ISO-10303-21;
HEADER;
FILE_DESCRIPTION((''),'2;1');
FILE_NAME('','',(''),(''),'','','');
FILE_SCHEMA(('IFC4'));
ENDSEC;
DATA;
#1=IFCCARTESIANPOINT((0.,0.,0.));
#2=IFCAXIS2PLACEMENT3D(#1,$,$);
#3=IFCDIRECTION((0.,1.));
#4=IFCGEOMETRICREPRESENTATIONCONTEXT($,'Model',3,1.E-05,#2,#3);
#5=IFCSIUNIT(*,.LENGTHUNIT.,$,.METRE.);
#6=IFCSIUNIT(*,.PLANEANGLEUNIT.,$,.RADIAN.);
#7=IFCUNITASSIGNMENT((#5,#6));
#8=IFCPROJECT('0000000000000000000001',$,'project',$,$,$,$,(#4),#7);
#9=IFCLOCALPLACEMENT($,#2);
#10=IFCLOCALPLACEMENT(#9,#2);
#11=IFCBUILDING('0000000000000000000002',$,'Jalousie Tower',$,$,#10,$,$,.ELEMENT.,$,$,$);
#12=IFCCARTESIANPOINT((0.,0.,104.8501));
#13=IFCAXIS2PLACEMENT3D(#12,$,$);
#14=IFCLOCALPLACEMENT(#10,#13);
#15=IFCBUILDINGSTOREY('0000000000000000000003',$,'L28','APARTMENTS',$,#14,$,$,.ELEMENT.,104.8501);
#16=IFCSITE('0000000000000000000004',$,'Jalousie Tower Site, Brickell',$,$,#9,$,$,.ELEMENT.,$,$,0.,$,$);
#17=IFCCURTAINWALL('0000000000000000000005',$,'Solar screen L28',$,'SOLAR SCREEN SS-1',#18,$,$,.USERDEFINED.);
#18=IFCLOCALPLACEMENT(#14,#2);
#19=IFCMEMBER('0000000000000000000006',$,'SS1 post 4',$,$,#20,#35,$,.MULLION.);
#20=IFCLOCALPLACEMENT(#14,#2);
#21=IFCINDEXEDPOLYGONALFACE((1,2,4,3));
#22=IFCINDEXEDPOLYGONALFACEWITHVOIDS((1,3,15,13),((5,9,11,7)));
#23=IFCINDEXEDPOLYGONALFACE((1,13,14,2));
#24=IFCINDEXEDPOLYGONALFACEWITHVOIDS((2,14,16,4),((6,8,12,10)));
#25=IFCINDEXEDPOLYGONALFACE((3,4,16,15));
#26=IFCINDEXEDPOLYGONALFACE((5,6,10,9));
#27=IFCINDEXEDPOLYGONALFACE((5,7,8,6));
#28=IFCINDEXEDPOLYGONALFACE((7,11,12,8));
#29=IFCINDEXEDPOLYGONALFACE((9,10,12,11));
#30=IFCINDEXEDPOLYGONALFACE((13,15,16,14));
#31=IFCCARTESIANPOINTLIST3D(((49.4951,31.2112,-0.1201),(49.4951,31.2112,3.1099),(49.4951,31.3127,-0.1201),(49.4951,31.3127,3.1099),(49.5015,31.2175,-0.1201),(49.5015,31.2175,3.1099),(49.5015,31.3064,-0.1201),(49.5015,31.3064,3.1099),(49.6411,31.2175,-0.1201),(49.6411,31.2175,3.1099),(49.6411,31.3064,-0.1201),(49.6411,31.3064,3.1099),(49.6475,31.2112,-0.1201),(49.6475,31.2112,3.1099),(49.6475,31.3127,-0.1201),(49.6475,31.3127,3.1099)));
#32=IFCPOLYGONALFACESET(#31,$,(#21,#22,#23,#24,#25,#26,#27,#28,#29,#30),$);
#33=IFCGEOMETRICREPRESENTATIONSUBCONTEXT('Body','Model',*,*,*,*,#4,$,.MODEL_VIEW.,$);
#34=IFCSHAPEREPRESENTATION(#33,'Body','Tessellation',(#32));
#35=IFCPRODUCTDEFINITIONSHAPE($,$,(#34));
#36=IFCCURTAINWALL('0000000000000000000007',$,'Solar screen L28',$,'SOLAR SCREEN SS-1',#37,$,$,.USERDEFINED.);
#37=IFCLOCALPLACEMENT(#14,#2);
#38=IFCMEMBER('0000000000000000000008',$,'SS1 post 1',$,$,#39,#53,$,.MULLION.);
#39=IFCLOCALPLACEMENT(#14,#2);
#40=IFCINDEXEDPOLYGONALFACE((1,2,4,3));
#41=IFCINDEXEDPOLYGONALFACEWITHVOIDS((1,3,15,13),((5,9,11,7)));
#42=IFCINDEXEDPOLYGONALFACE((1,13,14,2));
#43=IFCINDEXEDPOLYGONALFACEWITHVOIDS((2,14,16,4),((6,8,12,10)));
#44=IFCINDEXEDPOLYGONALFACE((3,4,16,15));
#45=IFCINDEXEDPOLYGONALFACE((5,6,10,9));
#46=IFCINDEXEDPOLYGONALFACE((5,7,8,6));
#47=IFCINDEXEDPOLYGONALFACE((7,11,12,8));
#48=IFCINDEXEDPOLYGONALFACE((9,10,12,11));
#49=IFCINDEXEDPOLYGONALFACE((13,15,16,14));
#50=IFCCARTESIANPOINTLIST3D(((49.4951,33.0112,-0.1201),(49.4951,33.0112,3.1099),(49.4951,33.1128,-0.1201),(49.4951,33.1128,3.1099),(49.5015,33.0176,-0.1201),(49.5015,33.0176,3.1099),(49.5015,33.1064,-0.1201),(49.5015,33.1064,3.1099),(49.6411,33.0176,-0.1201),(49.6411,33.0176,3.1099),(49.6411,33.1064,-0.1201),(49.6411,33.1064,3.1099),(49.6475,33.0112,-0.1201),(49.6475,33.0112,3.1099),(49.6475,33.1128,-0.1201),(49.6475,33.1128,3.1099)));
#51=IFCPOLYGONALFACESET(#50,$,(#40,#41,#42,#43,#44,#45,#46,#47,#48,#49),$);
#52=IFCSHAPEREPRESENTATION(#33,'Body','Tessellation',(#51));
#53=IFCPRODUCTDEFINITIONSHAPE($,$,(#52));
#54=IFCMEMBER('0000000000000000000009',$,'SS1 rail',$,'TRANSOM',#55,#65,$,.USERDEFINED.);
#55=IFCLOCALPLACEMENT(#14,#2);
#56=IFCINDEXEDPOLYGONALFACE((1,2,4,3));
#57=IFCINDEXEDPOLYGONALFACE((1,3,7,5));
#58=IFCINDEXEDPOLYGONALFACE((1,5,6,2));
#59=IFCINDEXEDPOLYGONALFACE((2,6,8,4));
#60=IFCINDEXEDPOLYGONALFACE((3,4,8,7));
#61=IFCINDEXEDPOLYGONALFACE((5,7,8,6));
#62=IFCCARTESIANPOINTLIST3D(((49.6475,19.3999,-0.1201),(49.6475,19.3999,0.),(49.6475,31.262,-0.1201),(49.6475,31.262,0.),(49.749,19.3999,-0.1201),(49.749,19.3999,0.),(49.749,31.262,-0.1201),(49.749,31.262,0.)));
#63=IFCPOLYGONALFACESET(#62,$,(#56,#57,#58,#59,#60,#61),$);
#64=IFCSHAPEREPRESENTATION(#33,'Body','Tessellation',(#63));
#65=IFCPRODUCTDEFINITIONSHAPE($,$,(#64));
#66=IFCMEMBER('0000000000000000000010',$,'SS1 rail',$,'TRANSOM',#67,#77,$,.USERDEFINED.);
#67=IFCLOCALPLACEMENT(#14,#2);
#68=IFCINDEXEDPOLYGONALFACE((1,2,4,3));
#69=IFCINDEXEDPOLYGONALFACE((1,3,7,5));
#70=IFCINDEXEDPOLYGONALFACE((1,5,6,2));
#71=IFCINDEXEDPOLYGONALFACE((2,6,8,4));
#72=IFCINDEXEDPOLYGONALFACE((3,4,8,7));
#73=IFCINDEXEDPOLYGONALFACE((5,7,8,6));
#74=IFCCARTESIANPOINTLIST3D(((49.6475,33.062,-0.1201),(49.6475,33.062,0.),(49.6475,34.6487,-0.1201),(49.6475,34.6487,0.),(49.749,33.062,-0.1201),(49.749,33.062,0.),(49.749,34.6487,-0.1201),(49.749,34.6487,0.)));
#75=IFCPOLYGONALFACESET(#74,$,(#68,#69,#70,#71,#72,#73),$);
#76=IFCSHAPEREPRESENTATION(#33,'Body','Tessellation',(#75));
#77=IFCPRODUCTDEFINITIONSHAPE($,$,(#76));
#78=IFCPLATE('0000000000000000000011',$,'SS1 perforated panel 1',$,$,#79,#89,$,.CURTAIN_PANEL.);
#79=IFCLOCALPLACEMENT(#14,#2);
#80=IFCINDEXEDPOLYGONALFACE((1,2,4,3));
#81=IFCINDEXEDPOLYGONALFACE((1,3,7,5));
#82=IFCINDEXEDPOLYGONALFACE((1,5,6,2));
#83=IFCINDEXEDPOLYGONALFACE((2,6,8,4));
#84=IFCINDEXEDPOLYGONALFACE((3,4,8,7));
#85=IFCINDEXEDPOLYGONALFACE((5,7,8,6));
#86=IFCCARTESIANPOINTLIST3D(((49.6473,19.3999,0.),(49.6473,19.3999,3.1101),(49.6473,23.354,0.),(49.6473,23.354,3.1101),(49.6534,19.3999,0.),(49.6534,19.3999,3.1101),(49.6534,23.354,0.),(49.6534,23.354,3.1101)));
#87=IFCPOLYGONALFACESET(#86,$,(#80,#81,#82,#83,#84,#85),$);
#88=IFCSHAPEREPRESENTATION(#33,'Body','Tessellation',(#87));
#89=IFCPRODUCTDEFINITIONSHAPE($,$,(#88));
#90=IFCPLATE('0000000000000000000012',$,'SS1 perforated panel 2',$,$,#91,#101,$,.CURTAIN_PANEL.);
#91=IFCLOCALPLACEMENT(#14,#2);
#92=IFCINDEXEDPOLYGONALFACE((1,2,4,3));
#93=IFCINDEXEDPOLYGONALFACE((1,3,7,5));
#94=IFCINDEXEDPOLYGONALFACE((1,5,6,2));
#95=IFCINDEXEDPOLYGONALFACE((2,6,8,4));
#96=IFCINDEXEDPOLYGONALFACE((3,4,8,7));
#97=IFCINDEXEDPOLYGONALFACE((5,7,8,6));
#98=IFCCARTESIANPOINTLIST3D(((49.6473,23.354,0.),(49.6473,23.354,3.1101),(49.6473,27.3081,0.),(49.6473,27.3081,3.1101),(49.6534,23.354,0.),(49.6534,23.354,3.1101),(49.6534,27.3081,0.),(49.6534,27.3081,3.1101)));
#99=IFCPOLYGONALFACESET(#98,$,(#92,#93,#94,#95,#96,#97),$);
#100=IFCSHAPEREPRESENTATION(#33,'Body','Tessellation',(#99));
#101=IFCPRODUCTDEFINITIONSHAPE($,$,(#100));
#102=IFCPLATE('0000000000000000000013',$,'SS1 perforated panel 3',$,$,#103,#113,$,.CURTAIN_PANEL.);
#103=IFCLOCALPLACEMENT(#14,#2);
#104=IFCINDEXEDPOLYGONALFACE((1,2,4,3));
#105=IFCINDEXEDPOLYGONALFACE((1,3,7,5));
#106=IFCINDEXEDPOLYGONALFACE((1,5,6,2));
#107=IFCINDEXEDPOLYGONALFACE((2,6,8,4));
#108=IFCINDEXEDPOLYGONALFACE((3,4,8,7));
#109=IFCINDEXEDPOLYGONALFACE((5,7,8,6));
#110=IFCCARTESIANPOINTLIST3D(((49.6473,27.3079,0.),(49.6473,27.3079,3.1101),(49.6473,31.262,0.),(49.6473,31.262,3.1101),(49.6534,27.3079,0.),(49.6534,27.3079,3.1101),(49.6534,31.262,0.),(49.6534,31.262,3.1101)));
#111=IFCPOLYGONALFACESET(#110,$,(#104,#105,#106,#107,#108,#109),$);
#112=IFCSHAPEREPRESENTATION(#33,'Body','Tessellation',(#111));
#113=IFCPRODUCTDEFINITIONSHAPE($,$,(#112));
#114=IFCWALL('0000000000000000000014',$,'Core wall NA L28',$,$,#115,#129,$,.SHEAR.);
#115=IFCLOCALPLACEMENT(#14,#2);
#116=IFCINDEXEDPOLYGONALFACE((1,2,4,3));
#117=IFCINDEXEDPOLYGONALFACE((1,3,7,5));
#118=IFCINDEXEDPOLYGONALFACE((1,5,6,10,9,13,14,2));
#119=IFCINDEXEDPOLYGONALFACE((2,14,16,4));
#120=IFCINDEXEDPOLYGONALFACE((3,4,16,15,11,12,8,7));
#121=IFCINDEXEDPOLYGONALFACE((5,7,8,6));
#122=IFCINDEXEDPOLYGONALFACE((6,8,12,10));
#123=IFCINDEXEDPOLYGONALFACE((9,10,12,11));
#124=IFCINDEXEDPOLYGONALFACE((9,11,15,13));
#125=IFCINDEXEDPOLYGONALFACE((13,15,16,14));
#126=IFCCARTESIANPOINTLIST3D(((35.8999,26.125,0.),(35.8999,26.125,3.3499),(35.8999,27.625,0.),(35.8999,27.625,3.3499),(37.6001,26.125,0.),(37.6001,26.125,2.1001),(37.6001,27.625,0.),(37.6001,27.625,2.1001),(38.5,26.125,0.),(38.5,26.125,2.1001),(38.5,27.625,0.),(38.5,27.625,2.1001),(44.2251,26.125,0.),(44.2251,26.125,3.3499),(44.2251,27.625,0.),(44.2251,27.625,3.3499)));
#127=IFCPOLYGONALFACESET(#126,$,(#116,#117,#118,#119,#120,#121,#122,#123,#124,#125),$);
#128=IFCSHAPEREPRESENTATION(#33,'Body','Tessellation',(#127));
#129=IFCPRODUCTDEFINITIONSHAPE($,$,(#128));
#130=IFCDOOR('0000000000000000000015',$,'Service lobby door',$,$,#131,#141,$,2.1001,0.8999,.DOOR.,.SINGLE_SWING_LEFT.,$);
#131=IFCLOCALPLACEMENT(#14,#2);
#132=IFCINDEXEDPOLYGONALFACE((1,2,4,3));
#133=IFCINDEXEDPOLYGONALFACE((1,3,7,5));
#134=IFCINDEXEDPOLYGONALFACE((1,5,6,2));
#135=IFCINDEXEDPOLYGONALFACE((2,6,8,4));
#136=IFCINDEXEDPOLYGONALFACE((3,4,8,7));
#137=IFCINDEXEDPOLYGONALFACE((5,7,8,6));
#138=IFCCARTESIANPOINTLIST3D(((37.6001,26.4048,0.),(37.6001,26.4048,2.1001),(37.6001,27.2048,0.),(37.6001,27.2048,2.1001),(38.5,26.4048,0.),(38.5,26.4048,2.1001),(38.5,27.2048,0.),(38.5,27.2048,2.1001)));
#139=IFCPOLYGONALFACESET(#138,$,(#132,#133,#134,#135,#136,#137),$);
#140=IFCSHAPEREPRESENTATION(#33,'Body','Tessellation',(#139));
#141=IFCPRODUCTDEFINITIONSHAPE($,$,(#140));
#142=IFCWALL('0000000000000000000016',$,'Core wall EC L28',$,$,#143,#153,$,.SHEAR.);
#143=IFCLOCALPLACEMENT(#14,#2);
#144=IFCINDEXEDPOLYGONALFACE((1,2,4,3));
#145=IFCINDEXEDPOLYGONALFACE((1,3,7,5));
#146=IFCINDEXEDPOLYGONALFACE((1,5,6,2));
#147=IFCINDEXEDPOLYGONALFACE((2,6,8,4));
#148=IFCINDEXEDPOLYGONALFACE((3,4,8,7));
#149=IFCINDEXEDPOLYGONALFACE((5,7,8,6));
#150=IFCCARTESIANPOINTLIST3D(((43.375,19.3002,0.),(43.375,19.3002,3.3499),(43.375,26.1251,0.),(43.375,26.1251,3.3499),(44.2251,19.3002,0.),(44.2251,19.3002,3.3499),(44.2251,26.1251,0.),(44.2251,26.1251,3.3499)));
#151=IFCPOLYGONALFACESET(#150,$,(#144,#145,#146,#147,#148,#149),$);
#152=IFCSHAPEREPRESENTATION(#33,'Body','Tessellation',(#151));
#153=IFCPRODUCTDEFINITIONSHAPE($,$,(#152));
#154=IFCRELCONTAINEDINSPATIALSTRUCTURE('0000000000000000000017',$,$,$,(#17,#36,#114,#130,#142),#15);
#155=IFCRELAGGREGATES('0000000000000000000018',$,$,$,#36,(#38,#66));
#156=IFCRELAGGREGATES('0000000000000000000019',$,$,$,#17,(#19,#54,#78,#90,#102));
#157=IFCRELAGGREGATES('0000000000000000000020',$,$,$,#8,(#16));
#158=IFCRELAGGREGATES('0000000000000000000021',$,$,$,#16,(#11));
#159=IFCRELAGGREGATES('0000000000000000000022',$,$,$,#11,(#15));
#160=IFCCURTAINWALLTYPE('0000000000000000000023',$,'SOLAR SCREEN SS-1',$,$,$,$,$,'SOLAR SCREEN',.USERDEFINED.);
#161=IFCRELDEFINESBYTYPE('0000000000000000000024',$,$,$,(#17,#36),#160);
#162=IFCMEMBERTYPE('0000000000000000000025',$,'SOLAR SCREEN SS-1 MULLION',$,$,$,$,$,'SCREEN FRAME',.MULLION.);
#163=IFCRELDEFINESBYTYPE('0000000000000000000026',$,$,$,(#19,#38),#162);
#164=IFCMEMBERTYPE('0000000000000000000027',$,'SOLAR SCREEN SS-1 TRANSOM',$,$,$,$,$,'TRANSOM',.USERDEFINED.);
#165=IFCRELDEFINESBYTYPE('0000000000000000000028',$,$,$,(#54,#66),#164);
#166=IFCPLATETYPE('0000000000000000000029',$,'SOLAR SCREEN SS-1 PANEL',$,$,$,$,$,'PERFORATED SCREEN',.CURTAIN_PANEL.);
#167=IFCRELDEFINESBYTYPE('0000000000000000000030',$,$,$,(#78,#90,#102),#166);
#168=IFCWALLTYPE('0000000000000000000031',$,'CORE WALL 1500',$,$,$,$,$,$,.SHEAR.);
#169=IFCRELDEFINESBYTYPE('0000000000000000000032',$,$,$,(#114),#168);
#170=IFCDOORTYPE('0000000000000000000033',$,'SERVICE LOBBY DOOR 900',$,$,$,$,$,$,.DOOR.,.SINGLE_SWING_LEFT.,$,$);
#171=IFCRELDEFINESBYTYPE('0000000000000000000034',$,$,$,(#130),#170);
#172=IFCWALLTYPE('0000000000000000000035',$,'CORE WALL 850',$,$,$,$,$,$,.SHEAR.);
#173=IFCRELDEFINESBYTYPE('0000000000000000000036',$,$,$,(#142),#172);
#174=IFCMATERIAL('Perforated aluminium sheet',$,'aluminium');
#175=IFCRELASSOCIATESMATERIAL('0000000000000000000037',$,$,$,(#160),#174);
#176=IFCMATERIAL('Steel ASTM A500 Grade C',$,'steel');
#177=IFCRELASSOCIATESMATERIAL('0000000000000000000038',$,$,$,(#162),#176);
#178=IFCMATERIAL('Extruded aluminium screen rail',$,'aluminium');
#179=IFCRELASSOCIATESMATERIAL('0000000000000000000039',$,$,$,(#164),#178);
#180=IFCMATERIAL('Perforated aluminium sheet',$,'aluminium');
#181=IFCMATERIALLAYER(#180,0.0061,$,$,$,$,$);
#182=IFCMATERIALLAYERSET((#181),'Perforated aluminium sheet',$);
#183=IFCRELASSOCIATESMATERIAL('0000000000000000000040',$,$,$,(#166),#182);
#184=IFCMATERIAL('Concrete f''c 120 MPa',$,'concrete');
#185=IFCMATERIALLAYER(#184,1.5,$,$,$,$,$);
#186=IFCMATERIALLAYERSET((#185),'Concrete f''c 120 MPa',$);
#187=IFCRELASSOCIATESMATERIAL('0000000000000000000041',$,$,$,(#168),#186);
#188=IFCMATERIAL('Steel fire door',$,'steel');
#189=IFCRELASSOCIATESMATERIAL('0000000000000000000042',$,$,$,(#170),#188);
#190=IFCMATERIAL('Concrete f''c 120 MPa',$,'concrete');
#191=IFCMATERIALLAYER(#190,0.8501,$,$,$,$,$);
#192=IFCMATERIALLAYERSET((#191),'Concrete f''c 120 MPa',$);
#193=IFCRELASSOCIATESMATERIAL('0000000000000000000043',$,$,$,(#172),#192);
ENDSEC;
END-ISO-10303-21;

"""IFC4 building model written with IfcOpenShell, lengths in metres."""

from ifc_helpers import new_model, si_unit, direction, frame, frame_2d, origin, origin_2d, place, context, subcontext, project, spatial, rectangle, hollow_rectangle, extrude, material, layer, layer_set, material_profile, profile_set, type_object, element, fill, aggregate, save


model = new_model("IFC4")

# Units and contexts
model_context = context("Model", 3, precision=1e-05, world=origin(), true_north=direction((0.0, 1.0)))
body_context = subcontext(model_context, "Body", "Model", "MODEL_VIEW")
ifc_project = project(units=[si_unit("LENGTHUNIT", "METRE"), si_unit("PLANEANGLEUNIT", "RADIAN")], contexts=[model_context])

# Site, building, storey
site_placement = place(None, origin())
site = spatial("IfcSite", under=ifc_project, at=site_placement, Name="Jalousie Tower Site, Brickell", CompositionType="ELEMENT", RefElevation=0.0)
building_placement = place(site_placement, origin())
building = spatial("IfcBuilding", under=site, at=building_placement, Name="Jalousie Tower", CompositionType="ELEMENT")
storey_placement = place(building_placement, frame((0.0, 0.0, 104.8501)))
storey = spatial("IfcBuildingStorey", under=building, at=storey_placement, Name="L28", Description="APARTMENTS", CompositionType="ELEMENT", Elevation=104.8501)

# Shared definitions
ifc_material_1 = material(Name="Perforated aluminium sheet", Category="aluminium")
curtain_wall_type = type_object("IfcCurtainWallType", Name="SOLAR SCREEN SS-1", ElementType="SOLAR SCREEN", PredefinedType="USERDEFINED", material=ifc_material_1)
ifc_material_2 = material(Name="Steel ASTM A500 Grade C", Category="steel")
ifc_material_profile_1 = material_profile(ifc_material_2, hollow_rectangle(XDim=0.1016, YDim=0.1523, WallThickness=0.0063, at=origin_2d()), Name="HSS6X4X1/4")
ifc_profile_set_1 = profile_set([ifc_material_profile_1], Name="Steel ASTM A500 Grade C")
member_type_1 = type_object("IfcMemberType", Name="SOLAR SCREEN SS-1 MULLION", ElementType="SCREEN FRAME", PredefinedType="MULLION", material=ifc_profile_set_1)

# Curtain wall, member
curtain_wall_1_placement = place(storey_placement, origin())
curtain_wall_1 = element("IfcCurtainWall", 1, at=curtain_wall_1_placement, inside=storey, type_object=curtain_wall_type, Name="Solar screen L28", ObjectType="SOLAR SCREEN SS-1", PredefinedType="USERDEFINED")
member_1_placement = place(storey_placement, frame((49.5713, 31.262, -0.1201), z_axis=(0.0, 0.0, 1.0), x_axis=(0.0, 1.0, 0.0)))
member_1 = element("IfcMember", 2, at=member_1_placement, type_object=member_type_1, Name="SS1 post 4", PredefinedType="MULLION", context=body_context, shape_type="SweptSolid", body=[
    extrude(hollow_rectangle(XDim=0.1016, YDim=0.1523, WallThickness=0.0063, at=origin_2d()), origin(), (0.0, 0.0, 1.0), 3.23),
])

# Curtain wall, member
curtain_wall_2_placement = place(storey_placement, origin())
curtain_wall_2 = element("IfcCurtainWall", 3, at=curtain_wall_2_placement, inside=storey, type_object=curtain_wall_type, Name="Solar screen L28", ObjectType="SOLAR SCREEN SS-1", PredefinedType="USERDEFINED")
member_2_placement = place(storey_placement, frame((49.5713, 33.062, -0.1201), z_axis=(0.0, 0.0, 1.0), x_axis=(0.0, 1.0, 0.0)))
member_2 = element("IfcMember", 4, at=member_2_placement, type_object=member_type_1, Name="SS1 post 1", PredefinedType="MULLION", context=body_context, shape_type="SweptSolid", body=[
    extrude(hollow_rectangle(XDim=0.1016, YDim=0.1523, WallThickness=0.0063, at=origin_2d()), origin(), (0.0, 0.0, 1.0), 3.23),
])

# Members
ifc_material_3 = material(Name="Extruded aluminium screen rail", Category="aluminium")
ifc_material_profile_2 = material_profile(ifc_material_3, rectangle(XDim=0.1016, YDim=0.1201, at=origin_2d()), Name="RAIL 102x120")
ifc_profile_set_2 = profile_set([ifc_material_profile_2], Name="Extruded aluminium screen rail")
member_type_2 = type_object("IfcMemberType", Name="SOLAR SCREEN SS-1 TRANSOM", ElementType="TRANSOM", PredefinedType="USERDEFINED", material=ifc_profile_set_2)
member_3_placement = place(storey_placement, frame((49.6982, 19.3999, -0.0601), z_axis=(0.0, 1.0, 0.0), x_axis=(-1.0, 0.0, 0.0)))
member_3 = element("IfcMember", 5, at=member_3_placement, type_object=member_type_2, Name="SS1 rail", ObjectType="TRANSOM", PredefinedType="USERDEFINED", context=body_context, shape_type="SweptSolid", body=[
    extrude(rectangle(XDim=0.1016, YDim=0.1201, at=origin_2d()), origin(), (0.0, 0.0, 1.0), 11.8621),
])
member_4_placement = place(storey_placement, frame((49.6982, 33.062, -0.0601), z_axis=(0.0, 1.0, 0.0), x_axis=(-1.0, 0.0, 0.0)))
member_4 = element("IfcMember", 6, at=member_4_placement, type_object=member_type_2, Name="SS1 rail", ObjectType="TRANSOM", PredefinedType="USERDEFINED", context=body_context, shape_type="SweptSolid", body=[
    extrude(rectangle(XDim=0.1016, YDim=0.1201, at=origin_2d()), origin(), (0.0, 0.0, 1.0), 1.5867),
])
aggregate(curtain_wall_2, [member_2, member_4])

# Plates
ifc_material_4 = material(Name="Perforated aluminium sheet", Category="aluminium")
ifc_layer_1 = layer(ifc_material_4, 0.0061)
ifc_layer_set_1 = layer_set([ifc_layer_1], Name="Perforated aluminium sheet")
plate_type = type_object("IfcPlateType", Name="SOLAR SCREEN SS-1 PANEL", ElementType="PERFORATED SCREEN", PredefinedType="CURTAIN_PANEL", material=ifc_layer_set_1)
plate_1_placement = place(storey_placement, frame((49.6504, 21.377, 0.0), z_axis=(0.0, 0.0, 1.0), x_axis=(0.0, 1.0, 0.0)))
plate_1 = element("IfcPlate", 7, at=plate_1_placement, type_object=plate_type, Name="SS1 perforated panel 1", PredefinedType="CURTAIN_PANEL", context=body_context, shape_type="SweptSolid", body=[
    extrude(rectangle(XDim=3.9541, YDim=0.0061, at=origin_2d()), origin(), (0.0, 0.0, 1.0), 3.1101),
])
plate_2_placement = place(storey_placement, frame((49.6504, 25.3311, 0.0), z_axis=(0.0, 0.0, 1.0), x_axis=(0.0, 1.0, 0.0)))
plate_2 = element("IfcPlate", 8, at=plate_2_placement, type_object=plate_type, Name="SS1 perforated panel 2", PredefinedType="CURTAIN_PANEL", context=body_context, shape_type="SweptSolid", body=[
    extrude(rectangle(XDim=3.9541, YDim=0.0061, at=origin_2d()), origin(), (0.0, 0.0, 1.0), 3.1101),
])
plate_3_placement = place(storey_placement, frame((49.6504, 29.2849, 0.0), z_axis=(0.0, 0.0, 1.0), x_axis=(0.0, 1.0, 0.0)))
plate_3 = element("IfcPlate", 9, at=plate_3_placement, type_object=plate_type, Name="SS1 perforated panel 3", PredefinedType="CURTAIN_PANEL", context=body_context, shape_type="SweptSolid", body=[
    extrude(rectangle(XDim=3.9541, YDim=0.0061, at=origin_2d()), origin(), (0.0, 0.0, 1.0), 3.1101),
])
aggregate(curtain_wall_1, [member_1, member_3, plate_1, plate_2, plate_3])

# Wall, opening, door
ifc_material_5 = material(Name="Concrete f'c 120 MPa", Category="concrete")
ifc_layer_2 = layer(ifc_material_5, 1.5)
ifc_layer_set_2 = layer_set([ifc_layer_2], Name="Concrete f'c 120 MPa")
wall_type_1 = type_object("IfcWallType", Name="CORE WALL 1500", PredefinedType="SHEAR", material=ifc_layer_set_2)
wall_1_placement = place(storey_placement, frame((44.2251, 26.875, 0.0), z_axis=(0.0, 0.0, 1.0), x_axis=(-1.0, 0.0, 0.0)))
wall_1 = element("IfcWall", 10, at=wall_1_placement, inside=storey, type_object=wall_type_1, Name="Core wall NA L28", PredefinedType="SHEAR", context=body_context, shape_type="SweptSolid", body=[
    extrude(rectangle(XDim=8.3252, YDim=1.5, at=frame_2d((4.1626, 0.0))), origin(), (0.0, 0.0, 1.0), 3.3499),
])
opening_1_placement = place(wall_1_placement, frame((5.7251, 0.0, 0.0)))
opening_1 = element("IfcOpeningElement", 11, at=opening_1_placement, cuts=wall_1, PredefinedType="OPENING", context=body_context, shape_type="SweptSolid", body=[
    extrude(rectangle(XDim=0.8999, YDim=2.1001, at=frame_2d((0.45, 1.05))), frame((0.0, 0.76, 0.0), z_axis=(0.0, -1.0, 0.0), x_axis=(1.0, 0.0, 0.0)), (0.0, 0.0, 1.0), 1.52),
])
ifc_material_6 = material(Name="Steel fire door", Category="steel")
door_type_1 = type_object("IfcDoorType", Name="SERVICE LOBBY DOOR 900", OperationType="SINGLE_SWING_LEFT", PredefinedType="DOOR", material=ifc_material_6)
door_1_placement = place(opening_1_placement, origin())
door_1 = element("IfcDoor", 12, at=door_1_placement, inside=storey, type_object=door_type_1, Name="Service lobby door", OperationType="SINGLE_SWING_LEFT", OverallHeight=2.1001, OverallWidth=0.8999, PredefinedType="DOOR", context=body_context, shape_type="SweptSolid", body=[
    extrude(rectangle(XDim=0.8999, YDim=2.1001, at=frame_2d((0.45, 1.05))), frame((0.0, 0.4702, 0.0), z_axis=(0.0, -1.0, 0.0), x_axis=(1.0, 0.0, 0.0)), (0.0, 0.0, 1.0), 0.8),
])
fill(opening_1, door_1)

# Wall
ifc_material_7 = material(Name="Concrete f'c 120 MPa", Category="concrete")
ifc_layer_3 = layer(ifc_material_7, 0.8501)
ifc_layer_set_3 = layer_set([ifc_layer_3], Name="Concrete f'c 120 MPa")
wall_type_2 = type_object("IfcWallType", Name="CORE WALL 850", PredefinedType="SHEAR", material=ifc_layer_set_3)
wall_2_placement = place(storey_placement, frame((43.8, 19.3, 0.0), z_axis=(0.0, 0.0, 1.0), x_axis=(0.0, 1.0, 0.0)))
element("IfcWall", 13, at=wall_2_placement, inside=storey, type_object=wall_type_2, Name="Core wall EC L28", PredefinedType="SHEAR", context=body_context, shape_type="SweptSolid", body=[
    extrude(rectangle(XDim=6.825, YDim=0.8501, at=frame_2d((3.4126, 0.0))), origin(), (0.0, 0.0, 1.0), 3.3499),
])

save(model, "model.ifc")
